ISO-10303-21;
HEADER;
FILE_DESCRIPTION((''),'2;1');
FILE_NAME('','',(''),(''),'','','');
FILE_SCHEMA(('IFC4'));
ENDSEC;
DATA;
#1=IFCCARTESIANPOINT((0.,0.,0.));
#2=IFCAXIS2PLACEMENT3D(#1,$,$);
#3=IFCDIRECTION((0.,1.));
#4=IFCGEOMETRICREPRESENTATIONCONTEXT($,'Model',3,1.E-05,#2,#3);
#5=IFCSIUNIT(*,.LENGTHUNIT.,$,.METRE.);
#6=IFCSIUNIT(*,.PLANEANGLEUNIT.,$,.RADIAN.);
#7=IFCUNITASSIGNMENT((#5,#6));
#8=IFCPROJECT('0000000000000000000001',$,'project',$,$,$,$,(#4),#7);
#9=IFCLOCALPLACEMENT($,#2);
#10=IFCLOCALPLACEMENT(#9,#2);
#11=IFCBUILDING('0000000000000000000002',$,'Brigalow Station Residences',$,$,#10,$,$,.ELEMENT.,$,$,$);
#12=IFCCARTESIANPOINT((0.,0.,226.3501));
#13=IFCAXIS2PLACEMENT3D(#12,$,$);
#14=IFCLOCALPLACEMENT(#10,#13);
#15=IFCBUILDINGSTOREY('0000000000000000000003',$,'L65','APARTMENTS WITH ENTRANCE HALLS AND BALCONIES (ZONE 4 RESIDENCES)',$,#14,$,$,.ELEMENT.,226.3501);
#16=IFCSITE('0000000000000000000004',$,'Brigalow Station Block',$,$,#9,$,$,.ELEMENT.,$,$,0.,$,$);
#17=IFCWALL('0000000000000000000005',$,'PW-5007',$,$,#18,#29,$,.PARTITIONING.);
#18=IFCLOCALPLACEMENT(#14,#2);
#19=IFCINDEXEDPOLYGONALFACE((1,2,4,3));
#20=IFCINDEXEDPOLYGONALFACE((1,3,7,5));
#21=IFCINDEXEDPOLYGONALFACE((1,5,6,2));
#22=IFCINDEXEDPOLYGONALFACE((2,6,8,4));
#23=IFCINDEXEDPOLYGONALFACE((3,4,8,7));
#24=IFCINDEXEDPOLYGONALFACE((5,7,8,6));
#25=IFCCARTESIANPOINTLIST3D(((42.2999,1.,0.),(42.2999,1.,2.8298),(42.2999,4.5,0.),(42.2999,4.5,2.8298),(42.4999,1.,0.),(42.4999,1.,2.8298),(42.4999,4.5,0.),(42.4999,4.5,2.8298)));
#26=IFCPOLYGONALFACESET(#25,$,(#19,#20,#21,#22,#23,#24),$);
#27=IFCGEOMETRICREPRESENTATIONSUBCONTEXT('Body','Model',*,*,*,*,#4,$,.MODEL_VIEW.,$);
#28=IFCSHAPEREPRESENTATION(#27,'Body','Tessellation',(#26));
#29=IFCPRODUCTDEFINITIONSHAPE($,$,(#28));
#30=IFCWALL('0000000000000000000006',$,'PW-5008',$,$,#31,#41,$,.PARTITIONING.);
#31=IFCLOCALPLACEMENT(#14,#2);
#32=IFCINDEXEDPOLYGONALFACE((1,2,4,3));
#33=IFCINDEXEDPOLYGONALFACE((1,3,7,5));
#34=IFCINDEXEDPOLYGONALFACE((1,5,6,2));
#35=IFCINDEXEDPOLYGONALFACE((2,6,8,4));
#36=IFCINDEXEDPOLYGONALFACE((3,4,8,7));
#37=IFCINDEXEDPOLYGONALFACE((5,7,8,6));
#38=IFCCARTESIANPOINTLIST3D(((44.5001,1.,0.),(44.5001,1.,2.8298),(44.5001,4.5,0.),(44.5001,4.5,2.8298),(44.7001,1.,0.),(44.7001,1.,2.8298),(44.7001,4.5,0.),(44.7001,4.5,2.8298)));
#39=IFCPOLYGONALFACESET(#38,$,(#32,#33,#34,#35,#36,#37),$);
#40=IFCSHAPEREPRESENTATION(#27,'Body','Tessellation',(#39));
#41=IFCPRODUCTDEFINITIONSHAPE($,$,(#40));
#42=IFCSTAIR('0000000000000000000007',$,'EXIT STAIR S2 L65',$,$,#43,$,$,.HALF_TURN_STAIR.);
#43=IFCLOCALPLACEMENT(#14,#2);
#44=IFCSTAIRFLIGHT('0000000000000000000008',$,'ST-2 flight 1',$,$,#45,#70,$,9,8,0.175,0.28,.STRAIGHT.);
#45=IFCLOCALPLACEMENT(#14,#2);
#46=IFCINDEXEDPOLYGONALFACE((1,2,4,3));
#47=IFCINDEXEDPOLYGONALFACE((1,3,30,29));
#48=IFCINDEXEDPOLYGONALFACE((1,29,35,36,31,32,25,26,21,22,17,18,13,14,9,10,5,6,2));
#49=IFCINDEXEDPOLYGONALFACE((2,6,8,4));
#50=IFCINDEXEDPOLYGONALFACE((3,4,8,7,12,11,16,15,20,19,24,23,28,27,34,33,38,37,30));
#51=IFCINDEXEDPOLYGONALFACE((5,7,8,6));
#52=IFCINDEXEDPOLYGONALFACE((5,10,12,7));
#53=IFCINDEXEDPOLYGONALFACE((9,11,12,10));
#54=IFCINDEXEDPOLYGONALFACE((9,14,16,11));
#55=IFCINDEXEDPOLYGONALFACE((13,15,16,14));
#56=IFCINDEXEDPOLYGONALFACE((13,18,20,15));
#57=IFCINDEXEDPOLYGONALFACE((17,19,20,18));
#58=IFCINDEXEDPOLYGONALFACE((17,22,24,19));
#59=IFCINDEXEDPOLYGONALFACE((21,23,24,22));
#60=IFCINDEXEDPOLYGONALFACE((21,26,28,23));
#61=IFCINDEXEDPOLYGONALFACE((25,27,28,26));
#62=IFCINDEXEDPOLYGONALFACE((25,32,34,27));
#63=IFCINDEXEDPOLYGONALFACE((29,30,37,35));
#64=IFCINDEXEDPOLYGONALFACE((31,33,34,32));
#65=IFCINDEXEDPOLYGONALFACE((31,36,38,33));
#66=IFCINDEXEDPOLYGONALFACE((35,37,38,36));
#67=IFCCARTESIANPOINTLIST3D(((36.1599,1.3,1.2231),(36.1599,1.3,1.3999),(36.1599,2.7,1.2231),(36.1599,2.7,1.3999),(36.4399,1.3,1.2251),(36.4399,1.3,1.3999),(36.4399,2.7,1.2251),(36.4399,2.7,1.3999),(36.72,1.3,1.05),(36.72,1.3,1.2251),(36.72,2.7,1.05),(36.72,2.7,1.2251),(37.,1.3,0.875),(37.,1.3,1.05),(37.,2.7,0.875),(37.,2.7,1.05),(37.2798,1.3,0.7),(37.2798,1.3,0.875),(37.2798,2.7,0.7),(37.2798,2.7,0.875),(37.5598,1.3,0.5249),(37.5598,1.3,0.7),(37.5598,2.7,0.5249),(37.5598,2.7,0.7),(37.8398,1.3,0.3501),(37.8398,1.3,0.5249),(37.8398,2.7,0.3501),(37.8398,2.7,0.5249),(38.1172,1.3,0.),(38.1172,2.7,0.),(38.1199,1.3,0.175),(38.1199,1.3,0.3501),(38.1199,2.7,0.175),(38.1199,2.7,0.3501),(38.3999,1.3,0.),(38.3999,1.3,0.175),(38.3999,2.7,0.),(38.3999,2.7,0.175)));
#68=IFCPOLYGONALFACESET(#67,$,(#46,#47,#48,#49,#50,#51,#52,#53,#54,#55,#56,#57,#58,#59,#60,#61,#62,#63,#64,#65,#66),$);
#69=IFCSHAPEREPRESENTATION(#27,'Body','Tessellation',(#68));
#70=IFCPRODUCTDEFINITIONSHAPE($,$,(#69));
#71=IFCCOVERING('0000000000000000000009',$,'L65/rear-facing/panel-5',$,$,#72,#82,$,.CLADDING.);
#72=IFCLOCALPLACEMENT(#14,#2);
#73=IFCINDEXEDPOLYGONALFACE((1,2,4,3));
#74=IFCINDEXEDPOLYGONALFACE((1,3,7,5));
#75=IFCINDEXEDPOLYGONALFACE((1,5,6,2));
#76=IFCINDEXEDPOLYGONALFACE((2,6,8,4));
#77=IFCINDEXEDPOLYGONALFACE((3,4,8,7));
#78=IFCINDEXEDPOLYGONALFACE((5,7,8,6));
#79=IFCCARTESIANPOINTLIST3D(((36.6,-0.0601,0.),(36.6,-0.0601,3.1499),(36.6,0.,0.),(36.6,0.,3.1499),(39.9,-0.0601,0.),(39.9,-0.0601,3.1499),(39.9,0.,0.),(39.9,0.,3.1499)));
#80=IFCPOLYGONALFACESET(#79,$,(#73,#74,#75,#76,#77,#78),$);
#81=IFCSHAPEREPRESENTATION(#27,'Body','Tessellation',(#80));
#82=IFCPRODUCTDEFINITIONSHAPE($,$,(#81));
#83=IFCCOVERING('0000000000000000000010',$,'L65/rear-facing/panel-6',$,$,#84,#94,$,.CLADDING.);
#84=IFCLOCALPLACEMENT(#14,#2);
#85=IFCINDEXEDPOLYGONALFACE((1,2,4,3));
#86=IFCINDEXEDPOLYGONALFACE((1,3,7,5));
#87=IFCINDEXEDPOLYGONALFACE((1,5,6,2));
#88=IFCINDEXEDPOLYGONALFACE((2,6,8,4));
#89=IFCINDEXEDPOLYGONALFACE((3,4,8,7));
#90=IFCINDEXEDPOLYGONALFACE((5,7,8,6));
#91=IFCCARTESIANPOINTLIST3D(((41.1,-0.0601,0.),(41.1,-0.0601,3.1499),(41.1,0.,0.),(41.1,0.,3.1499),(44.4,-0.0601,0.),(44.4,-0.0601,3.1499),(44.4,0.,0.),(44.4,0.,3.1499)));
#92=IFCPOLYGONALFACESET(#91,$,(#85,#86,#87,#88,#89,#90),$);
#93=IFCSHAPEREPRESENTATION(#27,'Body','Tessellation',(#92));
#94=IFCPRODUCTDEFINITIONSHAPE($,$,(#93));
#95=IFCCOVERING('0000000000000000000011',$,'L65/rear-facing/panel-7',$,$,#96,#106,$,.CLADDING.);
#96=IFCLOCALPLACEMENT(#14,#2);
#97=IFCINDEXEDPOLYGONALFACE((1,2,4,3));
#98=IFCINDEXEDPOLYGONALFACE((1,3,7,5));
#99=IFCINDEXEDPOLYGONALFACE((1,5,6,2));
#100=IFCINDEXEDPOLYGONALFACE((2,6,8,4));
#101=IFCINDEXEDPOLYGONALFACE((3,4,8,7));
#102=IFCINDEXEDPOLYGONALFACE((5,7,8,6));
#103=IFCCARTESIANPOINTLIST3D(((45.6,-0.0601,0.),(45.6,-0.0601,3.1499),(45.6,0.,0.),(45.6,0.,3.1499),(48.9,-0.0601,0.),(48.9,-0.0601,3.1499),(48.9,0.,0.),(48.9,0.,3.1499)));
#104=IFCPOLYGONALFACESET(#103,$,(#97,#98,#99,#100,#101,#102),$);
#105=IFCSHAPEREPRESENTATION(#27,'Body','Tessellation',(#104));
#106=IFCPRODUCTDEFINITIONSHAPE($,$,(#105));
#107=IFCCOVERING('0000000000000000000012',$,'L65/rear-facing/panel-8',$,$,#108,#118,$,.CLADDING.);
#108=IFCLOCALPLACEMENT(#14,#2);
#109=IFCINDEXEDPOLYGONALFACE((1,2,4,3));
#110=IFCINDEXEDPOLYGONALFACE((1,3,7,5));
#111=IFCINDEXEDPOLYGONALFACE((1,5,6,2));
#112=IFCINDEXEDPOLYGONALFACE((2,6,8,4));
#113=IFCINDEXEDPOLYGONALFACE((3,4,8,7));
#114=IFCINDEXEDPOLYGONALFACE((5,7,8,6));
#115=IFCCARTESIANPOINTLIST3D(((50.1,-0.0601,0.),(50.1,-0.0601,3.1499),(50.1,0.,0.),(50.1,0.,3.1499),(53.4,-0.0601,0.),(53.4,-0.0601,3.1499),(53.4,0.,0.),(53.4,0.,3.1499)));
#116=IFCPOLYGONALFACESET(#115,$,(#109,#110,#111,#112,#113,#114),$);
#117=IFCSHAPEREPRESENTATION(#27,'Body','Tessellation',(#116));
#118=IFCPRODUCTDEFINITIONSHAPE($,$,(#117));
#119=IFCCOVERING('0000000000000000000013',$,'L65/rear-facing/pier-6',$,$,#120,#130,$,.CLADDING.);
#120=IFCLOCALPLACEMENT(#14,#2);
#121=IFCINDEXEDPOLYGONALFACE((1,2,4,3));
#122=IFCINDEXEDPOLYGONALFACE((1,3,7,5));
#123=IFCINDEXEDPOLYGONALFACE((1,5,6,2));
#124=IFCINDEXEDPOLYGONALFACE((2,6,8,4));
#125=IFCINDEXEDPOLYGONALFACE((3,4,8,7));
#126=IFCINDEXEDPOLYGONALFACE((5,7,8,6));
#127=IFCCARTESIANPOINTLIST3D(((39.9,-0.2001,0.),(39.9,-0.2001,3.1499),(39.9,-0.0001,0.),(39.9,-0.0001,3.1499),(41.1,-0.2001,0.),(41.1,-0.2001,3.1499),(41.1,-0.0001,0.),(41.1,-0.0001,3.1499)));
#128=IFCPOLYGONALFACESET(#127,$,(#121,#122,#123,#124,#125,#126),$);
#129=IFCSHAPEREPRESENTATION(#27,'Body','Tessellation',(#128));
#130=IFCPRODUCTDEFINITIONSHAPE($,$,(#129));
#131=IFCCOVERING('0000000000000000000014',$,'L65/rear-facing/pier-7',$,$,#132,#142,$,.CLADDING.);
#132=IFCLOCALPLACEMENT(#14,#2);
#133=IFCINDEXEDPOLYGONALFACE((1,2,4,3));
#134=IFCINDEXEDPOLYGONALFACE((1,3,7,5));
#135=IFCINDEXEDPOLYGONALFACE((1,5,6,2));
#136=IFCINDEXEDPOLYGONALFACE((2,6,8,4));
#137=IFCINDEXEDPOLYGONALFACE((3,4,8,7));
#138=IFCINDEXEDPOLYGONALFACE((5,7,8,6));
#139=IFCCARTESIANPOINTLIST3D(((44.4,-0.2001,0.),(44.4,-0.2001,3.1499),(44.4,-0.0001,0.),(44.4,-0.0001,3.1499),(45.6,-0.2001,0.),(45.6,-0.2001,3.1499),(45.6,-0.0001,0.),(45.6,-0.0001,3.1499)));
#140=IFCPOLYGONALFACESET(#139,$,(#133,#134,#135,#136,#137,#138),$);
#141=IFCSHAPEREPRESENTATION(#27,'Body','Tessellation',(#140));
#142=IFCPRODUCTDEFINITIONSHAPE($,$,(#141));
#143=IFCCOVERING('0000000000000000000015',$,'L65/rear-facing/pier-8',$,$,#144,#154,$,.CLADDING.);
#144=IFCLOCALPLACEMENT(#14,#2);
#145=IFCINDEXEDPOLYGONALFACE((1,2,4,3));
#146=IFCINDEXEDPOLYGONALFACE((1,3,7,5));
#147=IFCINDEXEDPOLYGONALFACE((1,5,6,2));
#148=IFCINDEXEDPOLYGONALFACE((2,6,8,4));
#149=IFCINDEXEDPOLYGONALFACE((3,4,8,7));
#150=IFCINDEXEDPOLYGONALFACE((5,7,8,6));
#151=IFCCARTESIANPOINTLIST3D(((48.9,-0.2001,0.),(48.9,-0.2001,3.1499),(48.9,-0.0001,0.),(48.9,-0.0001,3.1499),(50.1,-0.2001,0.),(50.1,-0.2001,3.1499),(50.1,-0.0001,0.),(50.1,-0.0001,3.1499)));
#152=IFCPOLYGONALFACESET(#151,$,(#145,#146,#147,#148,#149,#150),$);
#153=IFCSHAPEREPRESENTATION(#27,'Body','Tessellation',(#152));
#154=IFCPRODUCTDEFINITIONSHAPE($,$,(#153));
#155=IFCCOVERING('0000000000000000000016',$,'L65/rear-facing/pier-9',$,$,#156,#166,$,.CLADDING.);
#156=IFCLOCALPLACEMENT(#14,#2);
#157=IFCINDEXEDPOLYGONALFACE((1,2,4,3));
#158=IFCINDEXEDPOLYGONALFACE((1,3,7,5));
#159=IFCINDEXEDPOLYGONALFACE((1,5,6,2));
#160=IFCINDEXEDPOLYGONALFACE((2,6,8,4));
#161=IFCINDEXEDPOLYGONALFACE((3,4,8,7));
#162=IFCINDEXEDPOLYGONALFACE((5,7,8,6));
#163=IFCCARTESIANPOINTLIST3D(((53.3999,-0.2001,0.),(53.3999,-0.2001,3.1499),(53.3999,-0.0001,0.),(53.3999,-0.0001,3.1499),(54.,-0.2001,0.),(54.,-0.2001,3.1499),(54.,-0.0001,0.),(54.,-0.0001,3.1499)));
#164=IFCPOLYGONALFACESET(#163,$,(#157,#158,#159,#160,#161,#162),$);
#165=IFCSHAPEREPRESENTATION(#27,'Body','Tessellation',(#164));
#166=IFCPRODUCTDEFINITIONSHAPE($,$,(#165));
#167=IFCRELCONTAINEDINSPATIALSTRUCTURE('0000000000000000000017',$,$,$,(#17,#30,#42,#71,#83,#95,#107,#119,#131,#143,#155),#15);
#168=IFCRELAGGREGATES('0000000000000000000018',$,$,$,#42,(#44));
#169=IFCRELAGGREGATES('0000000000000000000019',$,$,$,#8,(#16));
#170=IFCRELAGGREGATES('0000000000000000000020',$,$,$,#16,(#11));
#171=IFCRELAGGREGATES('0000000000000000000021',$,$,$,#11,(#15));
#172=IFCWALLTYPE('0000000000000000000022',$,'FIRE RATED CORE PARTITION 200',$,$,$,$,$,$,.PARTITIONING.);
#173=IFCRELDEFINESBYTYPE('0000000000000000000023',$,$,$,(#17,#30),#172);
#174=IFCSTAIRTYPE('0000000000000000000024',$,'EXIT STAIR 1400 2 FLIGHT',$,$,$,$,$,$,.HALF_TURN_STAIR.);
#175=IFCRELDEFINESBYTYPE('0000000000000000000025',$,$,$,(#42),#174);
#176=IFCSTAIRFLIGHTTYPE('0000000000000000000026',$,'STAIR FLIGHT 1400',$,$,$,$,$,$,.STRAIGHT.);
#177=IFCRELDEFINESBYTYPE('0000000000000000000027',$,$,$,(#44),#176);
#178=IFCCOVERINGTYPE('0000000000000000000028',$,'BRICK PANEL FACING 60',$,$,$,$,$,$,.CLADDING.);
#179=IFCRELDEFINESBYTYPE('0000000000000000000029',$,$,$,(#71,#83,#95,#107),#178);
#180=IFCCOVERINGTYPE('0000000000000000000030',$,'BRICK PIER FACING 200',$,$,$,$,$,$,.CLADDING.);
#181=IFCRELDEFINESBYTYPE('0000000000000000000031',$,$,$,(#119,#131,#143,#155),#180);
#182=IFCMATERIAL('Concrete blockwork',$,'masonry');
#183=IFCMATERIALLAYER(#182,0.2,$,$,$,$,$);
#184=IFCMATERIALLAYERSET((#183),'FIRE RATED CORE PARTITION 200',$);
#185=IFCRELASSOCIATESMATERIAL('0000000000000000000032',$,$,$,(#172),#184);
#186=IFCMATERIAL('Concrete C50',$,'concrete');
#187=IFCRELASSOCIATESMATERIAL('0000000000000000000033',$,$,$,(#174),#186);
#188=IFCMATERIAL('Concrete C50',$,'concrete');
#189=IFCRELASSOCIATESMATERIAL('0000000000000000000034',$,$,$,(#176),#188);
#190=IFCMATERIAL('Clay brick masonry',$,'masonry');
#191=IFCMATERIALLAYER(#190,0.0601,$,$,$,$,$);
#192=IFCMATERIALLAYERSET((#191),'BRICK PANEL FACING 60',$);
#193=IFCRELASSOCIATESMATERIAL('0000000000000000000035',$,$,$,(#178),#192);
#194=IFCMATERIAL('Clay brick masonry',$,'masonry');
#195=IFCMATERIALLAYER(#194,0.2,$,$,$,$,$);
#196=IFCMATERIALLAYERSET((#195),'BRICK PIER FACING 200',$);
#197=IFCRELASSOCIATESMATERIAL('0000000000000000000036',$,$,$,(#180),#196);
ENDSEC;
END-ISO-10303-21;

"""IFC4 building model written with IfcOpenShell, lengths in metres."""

from ifc_helpers import new_model, si_unit, direction, frame, frame_2d, origin, origin_2d, place, context, subcontext, project, spatial, polyline, rectangle, outline, extrude, material, layer, layer_set, type_object, element, aggregate, save


model = new_model("IFC4")

# Units and contexts
model_context = context("Model", 3, precision=1e-05, world=origin(), true_north=direction((0.0, 1.0)))
body_context = subcontext(model_context, "Body", "Model", "MODEL_VIEW")
ifc_project = project(units=[si_unit("LENGTHUNIT", "METRE"), si_unit("PLANEANGLEUNIT", "RADIAN")], contexts=[model_context])

# Site, building, storey
site_placement = place(None, origin())
site = spatial("IfcSite", under=ifc_project, at=site_placement, Name="Brigalow Station Block", CompositionType="ELEMENT", RefElevation=0.0)
building_placement = place(site_placement, origin())
building = spatial("IfcBuilding", under=site, at=building_placement, Name="Brigalow Station Residences", CompositionType="ELEMENT")
storey_placement = place(building_placement, frame((0.0, 0.0, 226.3501)))
storey = spatial("IfcBuildingStorey", under=building, at=storey_placement, Name="L65", Description="APARTMENTS WITH ENTRANCE HALLS AND BALCONIES (ZONE 4 RESIDENCES)", CompositionType="ELEMENT", Elevation=226.3501)

# Walls
ifc_material_1 = material(Name="Concrete blockwork", Category="masonry")
ifc_layer_1 = layer(ifc_material_1, 0.2)
ifc_layer_set_1 = layer_set([ifc_layer_1], Name="FIRE RATED CORE PARTITION 200")
wall_type_1 = type_object("IfcWallType", Name="FIRE RATED CORE PARTITION 200", PredefinedType="PARTITIONING", material=ifc_layer_set_1)
for number, where, z_axis, x_axis, name in (
    (1, (42.3999, 1.0, 0.0), (0.0, 0.0, 1.0), (0.0, 1.0, 0.0), "PW-5007"),
    (2, (44.6001, 1.0, 0.0), (0.0, 0.0, 1.0), (0.0, 1.0, 0.0), "PW-5008"),
):
    element("IfcWall", number, at=place(storey_placement, frame(where, z_axis=z_axis, x_axis=x_axis)), inside=storey, type_object=wall_type_1, Name=name, PredefinedType="PARTITIONING", context=body_context, shape_type="SweptSolid", body=[
        extrude(rectangle(XDim=3.5, YDim=0.2, at=frame_2d((1.75, 0.0))), origin(), (0.0, 0.0, 1.0), 2.8298),
    ])

# Stair, stair flight
ifc_material_2 = material(Name="Concrete C50", Category="concrete")
stair_type = type_object("IfcStairType", Name="EXIT STAIR 1400 2 FLIGHT", PredefinedType="HALF_TURN_STAIR", material=ifc_material_2)
stair_placement = place(storey_placement, origin())
stair = element("IfcStair", 3, at=stair_placement, inside=storey, type_object=stair_type, Name="EXIT STAIR S2 L65", PredefinedType="HALF_TURN_STAIR")
ifc_material_3 = material(Name="Concrete C50", Category="concrete")
stair_flight_type = type_object("IfcStairFlightType", Name="STAIR FLIGHT 1400", PredefinedType="STRAIGHT", material=ifc_material_3)
stair_flight_placement = place(storey_placement, frame((38.3999, 2.0, 0.0), z_axis=(0.0, 0.0, 1.0), x_axis=(-1.0, 0.0, 0.0)))
stair_flight = element("IfcStairFlight", 4, at=stair_flight_placement, type_object=stair_flight_type, Name="ST-2 flight 1", NumberOfRisers=9, NumberOfTreads=8, PredefinedType="STRAIGHT", RiserHeight=0.175, TreadLength=0.28, context=body_context, shape_type="SweptSolid", body=[
    extrude(outline(polyline([(0.0, 0.0), (0.0, 0.175), (0.28, 0.175), (0.28, 0.3501), (0.5601, 0.3501), (0.5601, 0.5249), (0.8401, 0.5249), (0.8401, 0.7), (1.1201, 0.7), (1.1201, 0.875), (1.3999, 0.875), (1.3999, 1.05), (1.6799, 1.05), (1.6799, 1.2251), (1.96, 1.2251), (1.96, 1.3999), (2.24, 1.3999), (2.24, 1.575), (2.24, 1.2231), (0.2827, 0.0), (0.0, 0.0)])), frame((0.0, 0.7, 0.0), z_axis=(0.0, -1.0, 0.0), x_axis=(1.0, 0.0, 0.0)), (0.0, 0.0, 1.0), 1.3999),
])
aggregate(stair, [stair_flight])

# Coverings
ifc_material_4 = material(Name="Clay brick masonry", Category="masonry")
ifc_layer_2 = layer(ifc_material_4, 0.0601)
ifc_layer_set_2 = layer_set([ifc_layer_2], Name="BRICK PANEL FACING 60")
covering_type_1 = type_object("IfcCoveringType", Name="BRICK PANEL FACING 60", PredefinedType="CLADDING", material=ifc_layer_set_2)
for number, where, z_axis, x_axis, name in (
    (5, (38.25, -0.03, 0.0), (0.0, 0.0, 1.0), (1.0, 0.0, 0.0), "L65/rear-facing/panel-5"),
    (6, (42.75, -0.03, 0.0), (0.0, 0.0, 1.0), (1.0, 0.0, 0.0), "L65/rear-facing/panel-6"),
    (7, (47.25, -0.03, 0.0), (0.0, 0.0, 1.0), (1.0, 0.0, 0.0), "L65/rear-facing/panel-7"),
    (8, (51.75, -0.03, 0.0), (0.0, 0.0, 1.0), (1.0, 0.0, 0.0), "L65/rear-facing/panel-8"),
):
    element("IfcCovering", number, at=place(storey_placement, frame(where, z_axis=z_axis, x_axis=x_axis)), inside=storey, type_object=covering_type_1, Name=name, PredefinedType="CLADDING", context=body_context, shape_type="SweptSolid", body=[
        extrude(rectangle(XDim=3.3, YDim=0.0601, at=origin_2d()), origin(), (0.0, 0.0, 1.0), 3.1499),
    ])
ifc_material_5 = material(Name="Clay brick masonry", Category="masonry")
ifc_layer_3 = layer(ifc_material_5, 0.2)
ifc_layer_set_3 = layer_set([ifc_layer_3], Name="BRICK PIER FACING 200")
covering_type_2 = type_object("IfcCoveringType", Name="BRICK PIER FACING 200", PredefinedType="CLADDING", material=ifc_layer_set_3)
for number, where, z_axis, x_axis, name in (
    (9, (40.5, -0.1001, 0.0), (0.0, 0.0, 1.0), (1.0, 0.0, 0.0), "L65/rear-facing/pier-6"),
    (10, (45.0, -0.1001, 0.0), (0.0, 0.0, 1.0), (1.0, 0.0, 0.0), "L65/rear-facing/pier-7"),
    (11, (49.5, -0.1001, 0.0), (0.0, 0.0, 1.0), (1.0, 0.0, 0.0), "L65/rear-facing/pier-8"),
):
    element("IfcCovering", number, at=place(storey_placement, frame(where, z_axis=z_axis, x_axis=x_axis)), inside=storey, type_object=covering_type_2, Name=name, PredefinedType="CLADDING", context=body_context, shape_type="SweptSolid", body=[
        extrude(rectangle(XDim=1.2, YDim=0.2, at=origin_2d()), origin(), (0.0, 0.0, 1.0), 3.1499),
    ])
covering_placement = place(storey_placement, frame((53.7, -0.1001, 0.0), z_axis=(0.0, 0.0, 1.0), x_axis=(1.0, 0.0, 0.0)))
element("IfcCovering", 12, at=covering_placement, inside=storey, type_object=covering_type_2, Name="L65/rear-facing/pier-9", PredefinedType="CLADDING", context=body_context, shape_type="SweptSolid", body=[
    extrude(rectangle(XDim=0.6001, YDim=0.2, at=origin_2d()), origin(), (0.0, 0.0, 1.0), 3.1499),
])

save(model, "model.ifc")
